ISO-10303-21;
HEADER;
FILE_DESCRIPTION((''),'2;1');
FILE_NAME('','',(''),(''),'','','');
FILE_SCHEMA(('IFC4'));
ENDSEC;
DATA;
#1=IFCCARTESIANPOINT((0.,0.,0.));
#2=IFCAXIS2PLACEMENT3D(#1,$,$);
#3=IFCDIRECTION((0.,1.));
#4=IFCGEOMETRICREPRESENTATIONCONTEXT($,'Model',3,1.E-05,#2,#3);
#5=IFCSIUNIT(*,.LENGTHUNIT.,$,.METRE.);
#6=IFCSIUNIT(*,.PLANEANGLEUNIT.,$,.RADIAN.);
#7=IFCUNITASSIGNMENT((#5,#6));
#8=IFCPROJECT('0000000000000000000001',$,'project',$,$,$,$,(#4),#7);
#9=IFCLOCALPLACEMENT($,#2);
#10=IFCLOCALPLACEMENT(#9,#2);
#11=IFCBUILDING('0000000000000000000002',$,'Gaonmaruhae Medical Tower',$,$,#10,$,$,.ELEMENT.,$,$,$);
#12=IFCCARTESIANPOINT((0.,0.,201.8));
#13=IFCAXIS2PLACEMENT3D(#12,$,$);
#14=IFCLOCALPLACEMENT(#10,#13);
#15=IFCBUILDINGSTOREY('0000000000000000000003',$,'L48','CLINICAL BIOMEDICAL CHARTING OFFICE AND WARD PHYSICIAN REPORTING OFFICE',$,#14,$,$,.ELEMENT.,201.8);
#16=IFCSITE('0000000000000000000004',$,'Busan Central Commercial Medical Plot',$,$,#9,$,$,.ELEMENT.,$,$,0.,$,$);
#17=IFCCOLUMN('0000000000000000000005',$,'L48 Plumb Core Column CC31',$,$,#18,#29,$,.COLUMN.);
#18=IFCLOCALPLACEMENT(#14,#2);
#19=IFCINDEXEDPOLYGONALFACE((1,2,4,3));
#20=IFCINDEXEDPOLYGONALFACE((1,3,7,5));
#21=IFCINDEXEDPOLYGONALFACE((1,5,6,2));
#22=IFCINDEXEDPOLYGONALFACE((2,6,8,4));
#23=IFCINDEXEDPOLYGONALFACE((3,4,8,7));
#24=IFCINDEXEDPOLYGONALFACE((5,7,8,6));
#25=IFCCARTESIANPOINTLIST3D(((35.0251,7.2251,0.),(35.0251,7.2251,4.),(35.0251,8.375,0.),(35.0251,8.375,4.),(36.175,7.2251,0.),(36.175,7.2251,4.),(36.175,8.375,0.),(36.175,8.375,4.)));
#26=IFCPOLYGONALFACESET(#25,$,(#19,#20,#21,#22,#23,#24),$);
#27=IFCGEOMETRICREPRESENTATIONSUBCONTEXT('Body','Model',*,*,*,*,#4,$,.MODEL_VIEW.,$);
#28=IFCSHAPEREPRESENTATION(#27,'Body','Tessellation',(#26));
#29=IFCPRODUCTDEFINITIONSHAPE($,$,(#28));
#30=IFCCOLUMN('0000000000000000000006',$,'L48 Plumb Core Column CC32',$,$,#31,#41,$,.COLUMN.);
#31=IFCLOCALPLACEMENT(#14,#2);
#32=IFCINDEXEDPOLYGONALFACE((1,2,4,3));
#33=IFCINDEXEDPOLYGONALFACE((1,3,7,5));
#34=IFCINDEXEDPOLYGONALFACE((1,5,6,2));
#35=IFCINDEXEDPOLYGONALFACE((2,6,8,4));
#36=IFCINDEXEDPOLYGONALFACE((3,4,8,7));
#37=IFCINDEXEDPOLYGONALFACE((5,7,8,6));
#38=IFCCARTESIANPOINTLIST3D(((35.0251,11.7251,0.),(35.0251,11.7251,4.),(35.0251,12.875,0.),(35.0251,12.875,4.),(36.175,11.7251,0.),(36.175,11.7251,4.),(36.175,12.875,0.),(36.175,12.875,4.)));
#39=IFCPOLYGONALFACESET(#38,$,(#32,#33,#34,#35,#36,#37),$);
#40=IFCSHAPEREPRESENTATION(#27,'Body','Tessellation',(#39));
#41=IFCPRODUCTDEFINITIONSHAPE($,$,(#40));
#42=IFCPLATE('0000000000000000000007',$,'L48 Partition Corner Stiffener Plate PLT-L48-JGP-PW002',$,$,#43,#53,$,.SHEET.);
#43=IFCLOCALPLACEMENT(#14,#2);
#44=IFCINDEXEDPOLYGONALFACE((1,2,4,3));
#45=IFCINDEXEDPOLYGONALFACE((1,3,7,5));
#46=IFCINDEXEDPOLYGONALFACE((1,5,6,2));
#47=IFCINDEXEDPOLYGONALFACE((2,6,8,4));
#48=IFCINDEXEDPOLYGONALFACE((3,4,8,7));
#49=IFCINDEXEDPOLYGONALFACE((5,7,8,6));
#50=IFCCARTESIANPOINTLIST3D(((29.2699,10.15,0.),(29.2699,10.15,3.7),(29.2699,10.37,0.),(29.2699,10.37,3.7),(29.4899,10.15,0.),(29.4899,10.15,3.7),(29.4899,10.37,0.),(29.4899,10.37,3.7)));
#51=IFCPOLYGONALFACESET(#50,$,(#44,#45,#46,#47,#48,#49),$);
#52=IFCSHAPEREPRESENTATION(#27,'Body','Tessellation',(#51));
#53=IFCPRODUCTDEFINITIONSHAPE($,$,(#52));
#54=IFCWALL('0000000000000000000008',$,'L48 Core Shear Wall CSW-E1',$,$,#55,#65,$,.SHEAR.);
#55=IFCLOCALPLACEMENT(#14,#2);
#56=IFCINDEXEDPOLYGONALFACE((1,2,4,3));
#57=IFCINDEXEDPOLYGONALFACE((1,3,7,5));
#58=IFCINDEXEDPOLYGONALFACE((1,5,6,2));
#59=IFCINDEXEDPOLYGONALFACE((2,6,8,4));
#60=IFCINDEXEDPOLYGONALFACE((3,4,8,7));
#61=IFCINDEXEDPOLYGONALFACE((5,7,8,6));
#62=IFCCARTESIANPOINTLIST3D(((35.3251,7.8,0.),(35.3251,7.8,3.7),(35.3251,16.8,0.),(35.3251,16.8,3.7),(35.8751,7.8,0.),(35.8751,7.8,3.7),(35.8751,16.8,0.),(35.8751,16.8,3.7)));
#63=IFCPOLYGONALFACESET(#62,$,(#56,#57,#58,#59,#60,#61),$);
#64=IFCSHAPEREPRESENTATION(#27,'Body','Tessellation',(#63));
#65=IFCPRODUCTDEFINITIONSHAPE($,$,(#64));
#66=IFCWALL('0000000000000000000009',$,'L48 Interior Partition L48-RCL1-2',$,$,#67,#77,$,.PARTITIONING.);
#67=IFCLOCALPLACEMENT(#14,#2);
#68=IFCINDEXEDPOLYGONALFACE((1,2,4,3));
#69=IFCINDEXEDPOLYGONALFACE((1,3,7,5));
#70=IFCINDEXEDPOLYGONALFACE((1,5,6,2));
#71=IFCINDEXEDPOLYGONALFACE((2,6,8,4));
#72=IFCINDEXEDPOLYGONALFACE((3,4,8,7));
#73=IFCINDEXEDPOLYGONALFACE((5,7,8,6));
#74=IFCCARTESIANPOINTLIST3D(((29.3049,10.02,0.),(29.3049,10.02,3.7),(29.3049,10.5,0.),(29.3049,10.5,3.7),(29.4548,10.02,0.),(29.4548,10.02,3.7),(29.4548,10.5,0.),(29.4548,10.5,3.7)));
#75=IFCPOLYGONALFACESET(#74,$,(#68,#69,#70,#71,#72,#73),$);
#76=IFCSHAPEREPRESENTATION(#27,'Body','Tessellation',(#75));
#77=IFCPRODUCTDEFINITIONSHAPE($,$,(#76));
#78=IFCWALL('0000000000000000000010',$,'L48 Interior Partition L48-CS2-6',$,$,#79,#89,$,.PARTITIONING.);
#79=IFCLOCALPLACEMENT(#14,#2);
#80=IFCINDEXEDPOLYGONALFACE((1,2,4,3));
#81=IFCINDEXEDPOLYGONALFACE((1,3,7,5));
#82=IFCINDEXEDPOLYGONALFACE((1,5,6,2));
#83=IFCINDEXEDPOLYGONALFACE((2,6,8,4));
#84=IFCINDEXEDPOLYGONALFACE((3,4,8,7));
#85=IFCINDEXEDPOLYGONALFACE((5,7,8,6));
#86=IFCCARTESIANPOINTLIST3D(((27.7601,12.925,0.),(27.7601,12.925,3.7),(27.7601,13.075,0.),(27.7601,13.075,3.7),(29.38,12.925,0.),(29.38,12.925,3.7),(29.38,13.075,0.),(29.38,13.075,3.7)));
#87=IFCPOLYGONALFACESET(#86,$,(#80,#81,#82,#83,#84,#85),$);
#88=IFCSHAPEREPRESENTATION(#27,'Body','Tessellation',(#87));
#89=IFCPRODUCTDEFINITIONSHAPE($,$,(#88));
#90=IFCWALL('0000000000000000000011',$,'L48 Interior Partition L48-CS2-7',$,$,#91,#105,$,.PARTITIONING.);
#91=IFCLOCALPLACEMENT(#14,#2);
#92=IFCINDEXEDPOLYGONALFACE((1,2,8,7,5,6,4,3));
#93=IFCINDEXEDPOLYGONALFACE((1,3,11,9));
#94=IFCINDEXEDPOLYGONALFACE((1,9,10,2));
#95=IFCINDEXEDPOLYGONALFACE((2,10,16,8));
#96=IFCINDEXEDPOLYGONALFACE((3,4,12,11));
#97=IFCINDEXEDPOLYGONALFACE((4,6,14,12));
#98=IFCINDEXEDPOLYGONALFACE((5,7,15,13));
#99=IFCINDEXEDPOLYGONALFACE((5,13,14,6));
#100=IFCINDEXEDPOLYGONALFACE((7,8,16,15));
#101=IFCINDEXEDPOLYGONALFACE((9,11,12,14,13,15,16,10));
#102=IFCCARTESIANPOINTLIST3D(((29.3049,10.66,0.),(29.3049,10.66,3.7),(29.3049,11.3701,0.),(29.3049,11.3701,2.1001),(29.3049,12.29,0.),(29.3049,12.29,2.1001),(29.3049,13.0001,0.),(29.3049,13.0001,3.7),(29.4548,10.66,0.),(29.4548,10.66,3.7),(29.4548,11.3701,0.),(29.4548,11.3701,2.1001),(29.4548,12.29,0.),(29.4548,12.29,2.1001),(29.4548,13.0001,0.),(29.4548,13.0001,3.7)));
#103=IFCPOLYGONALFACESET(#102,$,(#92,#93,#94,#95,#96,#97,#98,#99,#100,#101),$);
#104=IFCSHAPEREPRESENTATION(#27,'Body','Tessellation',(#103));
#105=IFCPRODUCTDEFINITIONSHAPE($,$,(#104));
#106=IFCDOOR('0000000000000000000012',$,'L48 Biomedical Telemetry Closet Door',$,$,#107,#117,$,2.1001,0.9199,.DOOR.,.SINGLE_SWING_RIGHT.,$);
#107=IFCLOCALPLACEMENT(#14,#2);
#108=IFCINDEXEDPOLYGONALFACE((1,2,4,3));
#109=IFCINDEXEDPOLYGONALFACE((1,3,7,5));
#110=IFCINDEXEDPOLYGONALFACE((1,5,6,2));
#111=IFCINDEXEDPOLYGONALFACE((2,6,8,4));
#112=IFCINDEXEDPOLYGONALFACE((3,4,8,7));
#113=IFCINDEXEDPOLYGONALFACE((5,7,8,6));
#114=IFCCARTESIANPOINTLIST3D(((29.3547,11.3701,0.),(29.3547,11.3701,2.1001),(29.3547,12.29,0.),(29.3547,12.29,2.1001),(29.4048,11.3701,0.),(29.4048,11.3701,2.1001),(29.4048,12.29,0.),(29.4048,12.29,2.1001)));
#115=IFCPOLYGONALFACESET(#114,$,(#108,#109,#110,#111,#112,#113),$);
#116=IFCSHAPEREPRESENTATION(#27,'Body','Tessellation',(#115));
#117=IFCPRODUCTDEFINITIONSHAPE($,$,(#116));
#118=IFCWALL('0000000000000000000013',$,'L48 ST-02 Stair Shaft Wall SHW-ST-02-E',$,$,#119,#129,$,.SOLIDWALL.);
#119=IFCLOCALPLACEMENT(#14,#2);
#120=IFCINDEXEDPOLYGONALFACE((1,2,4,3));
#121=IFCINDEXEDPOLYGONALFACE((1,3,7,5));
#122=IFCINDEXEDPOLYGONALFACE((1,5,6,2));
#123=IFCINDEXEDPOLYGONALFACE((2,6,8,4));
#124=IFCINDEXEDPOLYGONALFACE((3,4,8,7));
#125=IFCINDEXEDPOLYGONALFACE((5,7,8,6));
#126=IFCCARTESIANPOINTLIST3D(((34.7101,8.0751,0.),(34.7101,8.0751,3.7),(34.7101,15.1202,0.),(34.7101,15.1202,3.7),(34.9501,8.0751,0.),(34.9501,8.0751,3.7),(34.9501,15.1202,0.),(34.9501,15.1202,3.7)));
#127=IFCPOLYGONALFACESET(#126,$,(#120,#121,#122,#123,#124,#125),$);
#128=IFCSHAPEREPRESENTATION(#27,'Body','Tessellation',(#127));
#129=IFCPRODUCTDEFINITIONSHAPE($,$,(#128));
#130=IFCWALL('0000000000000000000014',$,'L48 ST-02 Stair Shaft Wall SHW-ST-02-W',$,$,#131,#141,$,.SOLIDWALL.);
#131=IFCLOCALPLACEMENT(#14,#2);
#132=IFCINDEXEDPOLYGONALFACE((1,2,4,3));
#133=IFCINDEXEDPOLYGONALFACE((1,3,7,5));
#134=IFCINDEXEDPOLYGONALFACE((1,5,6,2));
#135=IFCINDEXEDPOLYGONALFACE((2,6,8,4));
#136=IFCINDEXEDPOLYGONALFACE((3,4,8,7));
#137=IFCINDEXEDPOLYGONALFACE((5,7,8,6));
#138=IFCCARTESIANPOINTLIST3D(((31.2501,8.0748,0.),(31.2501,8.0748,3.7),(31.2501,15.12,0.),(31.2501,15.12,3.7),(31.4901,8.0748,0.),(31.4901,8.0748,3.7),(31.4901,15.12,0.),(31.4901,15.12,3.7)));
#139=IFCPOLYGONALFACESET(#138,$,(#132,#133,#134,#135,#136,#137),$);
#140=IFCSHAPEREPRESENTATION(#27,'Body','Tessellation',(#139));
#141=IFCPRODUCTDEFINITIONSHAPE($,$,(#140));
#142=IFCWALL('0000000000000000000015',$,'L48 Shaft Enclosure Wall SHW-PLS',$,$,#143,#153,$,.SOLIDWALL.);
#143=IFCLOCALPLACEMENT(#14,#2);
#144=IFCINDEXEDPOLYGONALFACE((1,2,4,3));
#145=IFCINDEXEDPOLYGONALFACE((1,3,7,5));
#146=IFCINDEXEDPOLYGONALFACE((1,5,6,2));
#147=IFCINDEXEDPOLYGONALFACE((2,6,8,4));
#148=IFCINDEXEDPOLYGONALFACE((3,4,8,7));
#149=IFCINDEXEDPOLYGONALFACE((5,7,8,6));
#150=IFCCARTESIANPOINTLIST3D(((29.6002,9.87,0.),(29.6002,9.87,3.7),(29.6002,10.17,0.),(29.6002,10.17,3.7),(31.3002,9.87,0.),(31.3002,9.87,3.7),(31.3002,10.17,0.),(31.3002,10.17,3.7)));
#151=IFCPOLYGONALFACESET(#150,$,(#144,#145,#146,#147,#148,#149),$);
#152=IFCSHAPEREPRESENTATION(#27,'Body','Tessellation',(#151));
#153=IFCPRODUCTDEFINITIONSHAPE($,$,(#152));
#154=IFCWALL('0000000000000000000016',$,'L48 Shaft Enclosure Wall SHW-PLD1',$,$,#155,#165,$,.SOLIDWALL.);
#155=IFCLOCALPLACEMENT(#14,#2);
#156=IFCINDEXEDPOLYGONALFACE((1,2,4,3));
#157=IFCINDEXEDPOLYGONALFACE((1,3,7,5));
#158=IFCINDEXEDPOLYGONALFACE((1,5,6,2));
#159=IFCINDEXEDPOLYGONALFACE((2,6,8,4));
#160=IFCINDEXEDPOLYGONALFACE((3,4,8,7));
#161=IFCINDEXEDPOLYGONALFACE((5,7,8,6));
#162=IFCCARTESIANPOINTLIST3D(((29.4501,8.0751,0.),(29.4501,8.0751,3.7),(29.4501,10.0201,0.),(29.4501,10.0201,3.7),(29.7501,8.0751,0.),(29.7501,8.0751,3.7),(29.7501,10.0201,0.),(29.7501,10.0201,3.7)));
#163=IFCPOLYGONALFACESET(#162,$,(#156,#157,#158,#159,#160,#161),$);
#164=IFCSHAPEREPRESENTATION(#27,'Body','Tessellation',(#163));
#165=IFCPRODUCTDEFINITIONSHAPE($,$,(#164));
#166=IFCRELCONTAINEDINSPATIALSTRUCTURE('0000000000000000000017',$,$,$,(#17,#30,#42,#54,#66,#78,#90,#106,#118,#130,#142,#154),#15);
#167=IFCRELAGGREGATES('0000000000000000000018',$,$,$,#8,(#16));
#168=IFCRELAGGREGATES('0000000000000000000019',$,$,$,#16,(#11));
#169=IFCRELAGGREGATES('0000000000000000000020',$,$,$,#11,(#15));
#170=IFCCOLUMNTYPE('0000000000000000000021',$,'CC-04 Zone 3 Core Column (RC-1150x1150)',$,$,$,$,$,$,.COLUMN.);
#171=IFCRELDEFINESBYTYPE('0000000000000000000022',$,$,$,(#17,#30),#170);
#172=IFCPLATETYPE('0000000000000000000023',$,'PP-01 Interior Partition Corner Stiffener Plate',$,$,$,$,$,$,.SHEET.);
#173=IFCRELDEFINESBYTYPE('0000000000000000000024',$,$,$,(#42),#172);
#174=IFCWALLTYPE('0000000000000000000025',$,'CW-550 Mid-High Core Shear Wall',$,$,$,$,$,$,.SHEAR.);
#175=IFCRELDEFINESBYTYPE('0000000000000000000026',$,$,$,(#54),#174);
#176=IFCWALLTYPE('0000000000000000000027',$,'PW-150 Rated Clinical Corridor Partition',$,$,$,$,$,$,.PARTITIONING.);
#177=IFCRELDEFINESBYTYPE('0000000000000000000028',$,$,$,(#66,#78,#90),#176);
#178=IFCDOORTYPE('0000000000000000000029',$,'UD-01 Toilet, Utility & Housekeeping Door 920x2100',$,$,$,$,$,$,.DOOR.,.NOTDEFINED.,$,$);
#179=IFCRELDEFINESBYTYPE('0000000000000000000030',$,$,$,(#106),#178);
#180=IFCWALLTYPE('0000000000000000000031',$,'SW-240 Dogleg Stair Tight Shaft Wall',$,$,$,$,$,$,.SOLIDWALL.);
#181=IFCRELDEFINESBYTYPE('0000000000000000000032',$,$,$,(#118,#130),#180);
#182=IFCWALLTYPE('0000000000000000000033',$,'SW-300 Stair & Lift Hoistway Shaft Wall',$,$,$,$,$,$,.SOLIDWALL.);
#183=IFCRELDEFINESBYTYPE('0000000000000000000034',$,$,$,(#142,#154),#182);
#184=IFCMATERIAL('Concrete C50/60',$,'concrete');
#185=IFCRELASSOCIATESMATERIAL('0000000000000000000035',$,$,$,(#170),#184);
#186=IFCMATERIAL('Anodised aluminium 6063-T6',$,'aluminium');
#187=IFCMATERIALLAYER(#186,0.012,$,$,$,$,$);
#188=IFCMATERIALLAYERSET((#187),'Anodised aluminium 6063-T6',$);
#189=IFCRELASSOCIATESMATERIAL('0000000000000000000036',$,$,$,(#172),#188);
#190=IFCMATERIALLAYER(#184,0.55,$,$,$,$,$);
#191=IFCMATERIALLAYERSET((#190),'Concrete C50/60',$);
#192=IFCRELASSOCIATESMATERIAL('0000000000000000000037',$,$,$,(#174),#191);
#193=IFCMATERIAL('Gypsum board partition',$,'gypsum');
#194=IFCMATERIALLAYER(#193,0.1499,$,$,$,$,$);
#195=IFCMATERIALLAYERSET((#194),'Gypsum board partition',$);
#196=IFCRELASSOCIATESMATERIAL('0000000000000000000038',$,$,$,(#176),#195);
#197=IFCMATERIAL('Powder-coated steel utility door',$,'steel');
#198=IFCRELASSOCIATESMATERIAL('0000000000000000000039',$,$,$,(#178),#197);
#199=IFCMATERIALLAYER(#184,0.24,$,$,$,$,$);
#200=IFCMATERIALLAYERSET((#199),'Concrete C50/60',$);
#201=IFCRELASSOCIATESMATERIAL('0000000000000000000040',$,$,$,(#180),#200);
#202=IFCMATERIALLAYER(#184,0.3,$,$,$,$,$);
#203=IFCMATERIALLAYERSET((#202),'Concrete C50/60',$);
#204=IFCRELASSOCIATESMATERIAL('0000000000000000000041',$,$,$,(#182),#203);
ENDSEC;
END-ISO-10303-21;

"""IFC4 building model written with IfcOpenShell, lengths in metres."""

from ifc_helpers import new_model, si_unit, direction, frame, frame_2d, origin, origin_2d, place, context, subcontext, project, spatial, rectangle, extrude, material, layer, layer_set, material_profile, profile_set, type_object, element, fill, save


model = new_model("IFC4")

# Units and contexts
model_context = context("Model", 3, precision=1e-05, world=origin(), true_north=direction((0.0, 1.0)))
body_context = subcontext(model_context, "Body", "Model", "MODEL_VIEW")
ifc_project = project(units=[si_unit("LENGTHUNIT", "METRE"), si_unit("PLANEANGLEUNIT", "RADIAN")], contexts=[model_context])

# Site, building, storey
site_placement = place(None, origin())
site = spatial("IfcSite", under=ifc_project, at=site_placement, Name="Busan Central Commercial Medical Plot", CompositionType="ELEMENT", RefElevation=0.0)
building_placement = place(site_placement, origin())
building = spatial("IfcBuilding", under=site, at=building_placement, Name="Gaonmaruhae Medical Tower", CompositionType="ELEMENT")
storey_placement = place(building_placement, frame((0.0, 0.0, 201.8)))
storey = spatial("IfcBuildingStorey", under=building, at=storey_placement, Name="L48", Description="CLINICAL BIOMEDICAL CHARTING OFFICE AND WARD PHYSICIAN REPORTING OFFICE", CompositionType="ELEMENT", Elevation=201.8)

# Columns
ifc_material_1 = material(Name="Concrete C50/60", Category="concrete")
ifc_material_profile = material_profile(ifc_material_1, rectangle(XDim=1.1499, YDim=1.1499, at=origin_2d()), Name="RC-1150x1150")
ifc_profile_set = profile_set([ifc_material_profile], Name="Concrete C50/60")
column_type = type_object("IfcColumnType", Name="CC-04 Zone 3 Core Column (RC-1150x1150)", PredefinedType="COLUMN", material=ifc_profile_set)
for number, where, z_axis, x_axis, name in (
    (1, (35.6001, 7.8, 0.0), (0.0, 0.0, 1.0), (1.0, 0.0, 0.0), "L48 Plumb Core Column CC31"),
    (2, (35.6001, 12.3, 0.0), (0.0, 0.0, 1.0), (1.0, 0.0, 0.0), "L48 Plumb Core Column CC32"),
):
    element("IfcColumn", number, at=place(storey_placement, frame(where, z_axis=z_axis, x_axis=x_axis)), inside=storey, type_object=column_type, Name=name, PredefinedType="COLUMN", context=body_context, shape_type="SweptSolid", body=[
        extrude(rectangle(XDim=1.1499, YDim=1.1499, at=origin_2d()), origin(), (0.0, 0.0, 1.0), 4.0),
    ])

# Plate
ifc_material_2 = material(Name="Anodised aluminium 6063-T6", Category="aluminium")
ifc_layer_1 = layer(ifc_material_2, 0.012)
ifc_layer_set_1 = layer_set([ifc_layer_1], Name="Anodised aluminium 6063-T6")
plate_type = type_object("IfcPlateType", Name="PP-01 Interior Partition Corner Stiffener Plate", PredefinedType="SHEET", material=ifc_layer_set_1)
plate_placement = place(storey_placement, frame((29.3799, 10.26, 0.0), z_axis=(0.0, 0.0, 1.0), x_axis=(0.0, -1.0, 0.0)))
element("IfcPlate", 3, at=plate_placement, inside=storey, type_object=plate_type, Name="L48 Partition Corner Stiffener Plate PLT-L48-JGP-PW002", PredefinedType="SHEET", context=body_context, shape_type="SweptSolid", body=[
    extrude(rectangle(XDim=0.22, YDim=0.22, at=origin_2d()), origin(), (0.0, 0.0, 1.0), 3.7),
])

# Walls
ifc_layer_2 = layer(ifc_material_1, 0.55)
ifc_layer_set_2 = layer_set([ifc_layer_2], Name="Concrete C50/60")
wall_type_1 = type_object("IfcWallType", Name="CW-550 Mid-High Core Shear Wall", PredefinedType="SHEAR", material=ifc_layer_set_2)
wall_1_placement = place(storey_placement, frame((35.6001, 7.8, 0.0), z_axis=(0.0, 0.0, 1.0), x_axis=(0.0, 1.0, 0.0)))
element("IfcWall", 4, at=wall_1_placement, inside=storey, type_object=wall_type_1, Name="L48 Core Shear Wall CSW-E1", PredefinedType="SHEAR", context=body_context, shape_type="SweptSolid", body=[
    extrude(rectangle(XDim=9.0, YDim=0.55, at=frame_2d((4.5, 0.0))), origin(), (0.0, 0.0, 1.0), 3.7),
])
ifc_material_3 = material(Name="Gypsum board partition", Category="gypsum")
ifc_layer_3 = layer(ifc_material_3, 0.1499)
ifc_layer_set_3 = layer_set([ifc_layer_3], Name="Gypsum board partition")
wall_type_2 = type_object("IfcWallType", Name="PW-150 Rated Clinical Corridor Partition", PredefinedType="PARTITIONING", material=ifc_layer_set_3)
wall_2_placement = place(storey_placement, frame((29.3799, 10.5, 0.0), z_axis=(0.0, 0.0, 1.0), x_axis=(0.0, -1.0, 0.0)))
element("IfcWall", 5, at=wall_2_placement, inside=storey, type_object=wall_type_2, Name="L48 Interior Partition L48-RCL1-2", PredefinedType="PARTITIONING", context=body_context, shape_type="SweptSolid", body=[
    extrude(rectangle(XDim=0.48, YDim=0.1499, at=frame_2d((0.24, 0.0))), origin(), (0.0, 0.0, 1.0), 3.7),
])
wall_3_placement = place(storey_placement, frame((27.76, 13.0, 0.0), z_axis=(0.0, 0.0, 1.0), x_axis=(1.0, 0.0, 0.0)))
element("IfcWall", 6, at=wall_3_placement, inside=storey, type_object=wall_type_2, Name="L48 Interior Partition L48-CS2-6", PredefinedType="PARTITIONING", context=body_context, shape_type="SweptSolid", body=[
    extrude(rectangle(XDim=1.6199, YDim=0.1499, at=frame_2d((0.8101, 0.0))), origin(), (0.0, 0.0, 1.0), 3.7),
])

# Wall, opening, door
wall_4_placement = place(storey_placement, frame((29.3799, 13.0, 0.0), z_axis=(0.0, 0.0, 1.0), x_axis=(0.0, -1.0, 0.0)))
wall_4 = element("IfcWall", 7, at=wall_4_placement, inside=storey, type_object=wall_type_2, Name="L48 Interior Partition L48-CS2-7", PredefinedType="PARTITIONING", context=body_context, shape_type="SweptSolid", body=[
    extrude(rectangle(XDim=2.3401, YDim=0.1499, at=frame_2d((1.1699, 0.0))), origin(), (0.0, 0.0, 1.0), 3.7),
])
opening_1_placement = place(wall_4_placement, frame((0.71, 0.0, 0.0)))
opening_1 = element("IfcOpeningElement", 8, at=opening_1_placement, cuts=wall_4, PredefinedType="OPENING", context=body_context, shape_type="SweptSolid", body=[
    extrude(rectangle(XDim=0.9199, YDim=2.1001, at=frame_2d((0.46, 1.05))), frame((0.0, 0.085, 0.0), z_axis=(0.0, -1.0, 0.0), x_axis=(1.0, 0.0, 0.0)), (0.0, 0.0, 1.0), 0.1699),
])
ifc_material_4 = material(Name="Powder-coated steel utility door", Category="steel")
door_type_1 = type_object("IfcDoorType", Name="UD-01 Toilet, Utility & Housekeeping Door 920x2100", OperationType="NOTDEFINED", PredefinedType="DOOR", material=ifc_material_4)
door_1_placement = place(opening_1_placement, origin())
door_1 = element("IfcDoor", 9, at=door_1_placement, inside=storey, type_object=door_type_1, Name="L48 Biomedical Telemetry Closet Door", OperationType="SINGLE_SWING_RIGHT", OverallHeight=2.1001, OverallWidth=0.9199, PredefinedType="DOOR", context=body_context, shape_type="SweptSolid", body=[
    extrude(rectangle(XDim=0.9199, YDim=2.1001, at=frame_2d((0.46, 1.05))), frame((0.0, 0.0249, 0.0), z_axis=(0.0, -1.0, 0.0), x_axis=(1.0, 0.0, 0.0)), (0.0, 0.0, 1.0), 0.05),
])
fill(opening_1, door_1)
ifc_layer_4 = layer(ifc_material_1, 0.24)
ifc_layer_set_4 = layer_set([ifc_layer_4], Name="Concrete C50/60")
wall_type_3 = type_object("IfcWallType", Name="SW-240 Dogleg Stair Tight Shaft Wall", PredefinedType="SOLIDWALL", material=ifc_layer_set_4)

# Walls
for number, where, z_axis, x_axis, name in (
    (10, (34.8301, 15.1201, 0.0), (0.0, 0.0, 1.0), (0.0, -1.0, 0.0), "L48 ST-02 Stair Shaft Wall SHW-ST-02-E"),
    (11, (31.3701, 8.075, 0.0), (0.0, 0.0, 1.0), (0.0, 1.0, 0.0), "L48 ST-02 Stair Shaft Wall SHW-ST-02-W"),
):
    element("IfcWall", number, at=place(storey_placement, frame(where, z_axis=z_axis, x_axis=x_axis)), inside=storey, type_object=wall_type_3, Name=name, PredefinedType="SOLIDWALL", context=body_context, shape_type="SweptSolid", body=[
        extrude(rectangle(XDim=7.0452, YDim=0.24, at=frame_2d((3.5225, 0.0))), origin(), (0.0, 0.0, 1.0), 3.7),
    ])
ifc_layer_5 = layer(ifc_material_1, 0.3)
ifc_layer_set_5 = layer_set([ifc_layer_5], Name="Concrete C50/60")
wall_type_4 = type_object("IfcWallType", Name="SW-300 Stair & Lift Hoistway Shaft Wall", PredefinedType="SOLIDWALL", material=ifc_layer_set_5)
wall_5_placement = place(storey_placement, frame((29.6001, 10.02, 0.0), z_axis=(0.0, 0.0, 1.0), x_axis=(1.0, 0.0, 0.0)))
element("IfcWall", 12, at=wall_5_placement, inside=storey, type_object=wall_type_4, Name="L48 Shaft Enclosure Wall SHW-PLS", PredefinedType="SOLIDWALL", context=body_context, shape_type="SweptSolid", body=[
    extrude(rectangle(XDim=1.7, YDim=0.3, at=frame_2d((0.8501, 0.0))), origin(), (0.0, 0.0, 1.0), 3.7),
])
wall_6_placement = place(storey_placement, frame((29.6001, 8.075, 0.0), z_axis=(0.0, 0.0, 1.0), x_axis=(0.0, 1.0, 0.0)))
element("IfcWall", 13, at=wall_6_placement, inside=storey, type_object=wall_type_4, Name="L48 Shaft Enclosure Wall SHW-PLD1", PredefinedType="SOLIDWALL", context=body_context, shape_type="SweptSolid", body=[
    extrude(rectangle(XDim=1.9451, YDim=0.3, at=frame_2d((0.9727, 0.0))), origin(), (0.0, 0.0, 1.0), 3.7),
])

save(model, "model.ifc")
